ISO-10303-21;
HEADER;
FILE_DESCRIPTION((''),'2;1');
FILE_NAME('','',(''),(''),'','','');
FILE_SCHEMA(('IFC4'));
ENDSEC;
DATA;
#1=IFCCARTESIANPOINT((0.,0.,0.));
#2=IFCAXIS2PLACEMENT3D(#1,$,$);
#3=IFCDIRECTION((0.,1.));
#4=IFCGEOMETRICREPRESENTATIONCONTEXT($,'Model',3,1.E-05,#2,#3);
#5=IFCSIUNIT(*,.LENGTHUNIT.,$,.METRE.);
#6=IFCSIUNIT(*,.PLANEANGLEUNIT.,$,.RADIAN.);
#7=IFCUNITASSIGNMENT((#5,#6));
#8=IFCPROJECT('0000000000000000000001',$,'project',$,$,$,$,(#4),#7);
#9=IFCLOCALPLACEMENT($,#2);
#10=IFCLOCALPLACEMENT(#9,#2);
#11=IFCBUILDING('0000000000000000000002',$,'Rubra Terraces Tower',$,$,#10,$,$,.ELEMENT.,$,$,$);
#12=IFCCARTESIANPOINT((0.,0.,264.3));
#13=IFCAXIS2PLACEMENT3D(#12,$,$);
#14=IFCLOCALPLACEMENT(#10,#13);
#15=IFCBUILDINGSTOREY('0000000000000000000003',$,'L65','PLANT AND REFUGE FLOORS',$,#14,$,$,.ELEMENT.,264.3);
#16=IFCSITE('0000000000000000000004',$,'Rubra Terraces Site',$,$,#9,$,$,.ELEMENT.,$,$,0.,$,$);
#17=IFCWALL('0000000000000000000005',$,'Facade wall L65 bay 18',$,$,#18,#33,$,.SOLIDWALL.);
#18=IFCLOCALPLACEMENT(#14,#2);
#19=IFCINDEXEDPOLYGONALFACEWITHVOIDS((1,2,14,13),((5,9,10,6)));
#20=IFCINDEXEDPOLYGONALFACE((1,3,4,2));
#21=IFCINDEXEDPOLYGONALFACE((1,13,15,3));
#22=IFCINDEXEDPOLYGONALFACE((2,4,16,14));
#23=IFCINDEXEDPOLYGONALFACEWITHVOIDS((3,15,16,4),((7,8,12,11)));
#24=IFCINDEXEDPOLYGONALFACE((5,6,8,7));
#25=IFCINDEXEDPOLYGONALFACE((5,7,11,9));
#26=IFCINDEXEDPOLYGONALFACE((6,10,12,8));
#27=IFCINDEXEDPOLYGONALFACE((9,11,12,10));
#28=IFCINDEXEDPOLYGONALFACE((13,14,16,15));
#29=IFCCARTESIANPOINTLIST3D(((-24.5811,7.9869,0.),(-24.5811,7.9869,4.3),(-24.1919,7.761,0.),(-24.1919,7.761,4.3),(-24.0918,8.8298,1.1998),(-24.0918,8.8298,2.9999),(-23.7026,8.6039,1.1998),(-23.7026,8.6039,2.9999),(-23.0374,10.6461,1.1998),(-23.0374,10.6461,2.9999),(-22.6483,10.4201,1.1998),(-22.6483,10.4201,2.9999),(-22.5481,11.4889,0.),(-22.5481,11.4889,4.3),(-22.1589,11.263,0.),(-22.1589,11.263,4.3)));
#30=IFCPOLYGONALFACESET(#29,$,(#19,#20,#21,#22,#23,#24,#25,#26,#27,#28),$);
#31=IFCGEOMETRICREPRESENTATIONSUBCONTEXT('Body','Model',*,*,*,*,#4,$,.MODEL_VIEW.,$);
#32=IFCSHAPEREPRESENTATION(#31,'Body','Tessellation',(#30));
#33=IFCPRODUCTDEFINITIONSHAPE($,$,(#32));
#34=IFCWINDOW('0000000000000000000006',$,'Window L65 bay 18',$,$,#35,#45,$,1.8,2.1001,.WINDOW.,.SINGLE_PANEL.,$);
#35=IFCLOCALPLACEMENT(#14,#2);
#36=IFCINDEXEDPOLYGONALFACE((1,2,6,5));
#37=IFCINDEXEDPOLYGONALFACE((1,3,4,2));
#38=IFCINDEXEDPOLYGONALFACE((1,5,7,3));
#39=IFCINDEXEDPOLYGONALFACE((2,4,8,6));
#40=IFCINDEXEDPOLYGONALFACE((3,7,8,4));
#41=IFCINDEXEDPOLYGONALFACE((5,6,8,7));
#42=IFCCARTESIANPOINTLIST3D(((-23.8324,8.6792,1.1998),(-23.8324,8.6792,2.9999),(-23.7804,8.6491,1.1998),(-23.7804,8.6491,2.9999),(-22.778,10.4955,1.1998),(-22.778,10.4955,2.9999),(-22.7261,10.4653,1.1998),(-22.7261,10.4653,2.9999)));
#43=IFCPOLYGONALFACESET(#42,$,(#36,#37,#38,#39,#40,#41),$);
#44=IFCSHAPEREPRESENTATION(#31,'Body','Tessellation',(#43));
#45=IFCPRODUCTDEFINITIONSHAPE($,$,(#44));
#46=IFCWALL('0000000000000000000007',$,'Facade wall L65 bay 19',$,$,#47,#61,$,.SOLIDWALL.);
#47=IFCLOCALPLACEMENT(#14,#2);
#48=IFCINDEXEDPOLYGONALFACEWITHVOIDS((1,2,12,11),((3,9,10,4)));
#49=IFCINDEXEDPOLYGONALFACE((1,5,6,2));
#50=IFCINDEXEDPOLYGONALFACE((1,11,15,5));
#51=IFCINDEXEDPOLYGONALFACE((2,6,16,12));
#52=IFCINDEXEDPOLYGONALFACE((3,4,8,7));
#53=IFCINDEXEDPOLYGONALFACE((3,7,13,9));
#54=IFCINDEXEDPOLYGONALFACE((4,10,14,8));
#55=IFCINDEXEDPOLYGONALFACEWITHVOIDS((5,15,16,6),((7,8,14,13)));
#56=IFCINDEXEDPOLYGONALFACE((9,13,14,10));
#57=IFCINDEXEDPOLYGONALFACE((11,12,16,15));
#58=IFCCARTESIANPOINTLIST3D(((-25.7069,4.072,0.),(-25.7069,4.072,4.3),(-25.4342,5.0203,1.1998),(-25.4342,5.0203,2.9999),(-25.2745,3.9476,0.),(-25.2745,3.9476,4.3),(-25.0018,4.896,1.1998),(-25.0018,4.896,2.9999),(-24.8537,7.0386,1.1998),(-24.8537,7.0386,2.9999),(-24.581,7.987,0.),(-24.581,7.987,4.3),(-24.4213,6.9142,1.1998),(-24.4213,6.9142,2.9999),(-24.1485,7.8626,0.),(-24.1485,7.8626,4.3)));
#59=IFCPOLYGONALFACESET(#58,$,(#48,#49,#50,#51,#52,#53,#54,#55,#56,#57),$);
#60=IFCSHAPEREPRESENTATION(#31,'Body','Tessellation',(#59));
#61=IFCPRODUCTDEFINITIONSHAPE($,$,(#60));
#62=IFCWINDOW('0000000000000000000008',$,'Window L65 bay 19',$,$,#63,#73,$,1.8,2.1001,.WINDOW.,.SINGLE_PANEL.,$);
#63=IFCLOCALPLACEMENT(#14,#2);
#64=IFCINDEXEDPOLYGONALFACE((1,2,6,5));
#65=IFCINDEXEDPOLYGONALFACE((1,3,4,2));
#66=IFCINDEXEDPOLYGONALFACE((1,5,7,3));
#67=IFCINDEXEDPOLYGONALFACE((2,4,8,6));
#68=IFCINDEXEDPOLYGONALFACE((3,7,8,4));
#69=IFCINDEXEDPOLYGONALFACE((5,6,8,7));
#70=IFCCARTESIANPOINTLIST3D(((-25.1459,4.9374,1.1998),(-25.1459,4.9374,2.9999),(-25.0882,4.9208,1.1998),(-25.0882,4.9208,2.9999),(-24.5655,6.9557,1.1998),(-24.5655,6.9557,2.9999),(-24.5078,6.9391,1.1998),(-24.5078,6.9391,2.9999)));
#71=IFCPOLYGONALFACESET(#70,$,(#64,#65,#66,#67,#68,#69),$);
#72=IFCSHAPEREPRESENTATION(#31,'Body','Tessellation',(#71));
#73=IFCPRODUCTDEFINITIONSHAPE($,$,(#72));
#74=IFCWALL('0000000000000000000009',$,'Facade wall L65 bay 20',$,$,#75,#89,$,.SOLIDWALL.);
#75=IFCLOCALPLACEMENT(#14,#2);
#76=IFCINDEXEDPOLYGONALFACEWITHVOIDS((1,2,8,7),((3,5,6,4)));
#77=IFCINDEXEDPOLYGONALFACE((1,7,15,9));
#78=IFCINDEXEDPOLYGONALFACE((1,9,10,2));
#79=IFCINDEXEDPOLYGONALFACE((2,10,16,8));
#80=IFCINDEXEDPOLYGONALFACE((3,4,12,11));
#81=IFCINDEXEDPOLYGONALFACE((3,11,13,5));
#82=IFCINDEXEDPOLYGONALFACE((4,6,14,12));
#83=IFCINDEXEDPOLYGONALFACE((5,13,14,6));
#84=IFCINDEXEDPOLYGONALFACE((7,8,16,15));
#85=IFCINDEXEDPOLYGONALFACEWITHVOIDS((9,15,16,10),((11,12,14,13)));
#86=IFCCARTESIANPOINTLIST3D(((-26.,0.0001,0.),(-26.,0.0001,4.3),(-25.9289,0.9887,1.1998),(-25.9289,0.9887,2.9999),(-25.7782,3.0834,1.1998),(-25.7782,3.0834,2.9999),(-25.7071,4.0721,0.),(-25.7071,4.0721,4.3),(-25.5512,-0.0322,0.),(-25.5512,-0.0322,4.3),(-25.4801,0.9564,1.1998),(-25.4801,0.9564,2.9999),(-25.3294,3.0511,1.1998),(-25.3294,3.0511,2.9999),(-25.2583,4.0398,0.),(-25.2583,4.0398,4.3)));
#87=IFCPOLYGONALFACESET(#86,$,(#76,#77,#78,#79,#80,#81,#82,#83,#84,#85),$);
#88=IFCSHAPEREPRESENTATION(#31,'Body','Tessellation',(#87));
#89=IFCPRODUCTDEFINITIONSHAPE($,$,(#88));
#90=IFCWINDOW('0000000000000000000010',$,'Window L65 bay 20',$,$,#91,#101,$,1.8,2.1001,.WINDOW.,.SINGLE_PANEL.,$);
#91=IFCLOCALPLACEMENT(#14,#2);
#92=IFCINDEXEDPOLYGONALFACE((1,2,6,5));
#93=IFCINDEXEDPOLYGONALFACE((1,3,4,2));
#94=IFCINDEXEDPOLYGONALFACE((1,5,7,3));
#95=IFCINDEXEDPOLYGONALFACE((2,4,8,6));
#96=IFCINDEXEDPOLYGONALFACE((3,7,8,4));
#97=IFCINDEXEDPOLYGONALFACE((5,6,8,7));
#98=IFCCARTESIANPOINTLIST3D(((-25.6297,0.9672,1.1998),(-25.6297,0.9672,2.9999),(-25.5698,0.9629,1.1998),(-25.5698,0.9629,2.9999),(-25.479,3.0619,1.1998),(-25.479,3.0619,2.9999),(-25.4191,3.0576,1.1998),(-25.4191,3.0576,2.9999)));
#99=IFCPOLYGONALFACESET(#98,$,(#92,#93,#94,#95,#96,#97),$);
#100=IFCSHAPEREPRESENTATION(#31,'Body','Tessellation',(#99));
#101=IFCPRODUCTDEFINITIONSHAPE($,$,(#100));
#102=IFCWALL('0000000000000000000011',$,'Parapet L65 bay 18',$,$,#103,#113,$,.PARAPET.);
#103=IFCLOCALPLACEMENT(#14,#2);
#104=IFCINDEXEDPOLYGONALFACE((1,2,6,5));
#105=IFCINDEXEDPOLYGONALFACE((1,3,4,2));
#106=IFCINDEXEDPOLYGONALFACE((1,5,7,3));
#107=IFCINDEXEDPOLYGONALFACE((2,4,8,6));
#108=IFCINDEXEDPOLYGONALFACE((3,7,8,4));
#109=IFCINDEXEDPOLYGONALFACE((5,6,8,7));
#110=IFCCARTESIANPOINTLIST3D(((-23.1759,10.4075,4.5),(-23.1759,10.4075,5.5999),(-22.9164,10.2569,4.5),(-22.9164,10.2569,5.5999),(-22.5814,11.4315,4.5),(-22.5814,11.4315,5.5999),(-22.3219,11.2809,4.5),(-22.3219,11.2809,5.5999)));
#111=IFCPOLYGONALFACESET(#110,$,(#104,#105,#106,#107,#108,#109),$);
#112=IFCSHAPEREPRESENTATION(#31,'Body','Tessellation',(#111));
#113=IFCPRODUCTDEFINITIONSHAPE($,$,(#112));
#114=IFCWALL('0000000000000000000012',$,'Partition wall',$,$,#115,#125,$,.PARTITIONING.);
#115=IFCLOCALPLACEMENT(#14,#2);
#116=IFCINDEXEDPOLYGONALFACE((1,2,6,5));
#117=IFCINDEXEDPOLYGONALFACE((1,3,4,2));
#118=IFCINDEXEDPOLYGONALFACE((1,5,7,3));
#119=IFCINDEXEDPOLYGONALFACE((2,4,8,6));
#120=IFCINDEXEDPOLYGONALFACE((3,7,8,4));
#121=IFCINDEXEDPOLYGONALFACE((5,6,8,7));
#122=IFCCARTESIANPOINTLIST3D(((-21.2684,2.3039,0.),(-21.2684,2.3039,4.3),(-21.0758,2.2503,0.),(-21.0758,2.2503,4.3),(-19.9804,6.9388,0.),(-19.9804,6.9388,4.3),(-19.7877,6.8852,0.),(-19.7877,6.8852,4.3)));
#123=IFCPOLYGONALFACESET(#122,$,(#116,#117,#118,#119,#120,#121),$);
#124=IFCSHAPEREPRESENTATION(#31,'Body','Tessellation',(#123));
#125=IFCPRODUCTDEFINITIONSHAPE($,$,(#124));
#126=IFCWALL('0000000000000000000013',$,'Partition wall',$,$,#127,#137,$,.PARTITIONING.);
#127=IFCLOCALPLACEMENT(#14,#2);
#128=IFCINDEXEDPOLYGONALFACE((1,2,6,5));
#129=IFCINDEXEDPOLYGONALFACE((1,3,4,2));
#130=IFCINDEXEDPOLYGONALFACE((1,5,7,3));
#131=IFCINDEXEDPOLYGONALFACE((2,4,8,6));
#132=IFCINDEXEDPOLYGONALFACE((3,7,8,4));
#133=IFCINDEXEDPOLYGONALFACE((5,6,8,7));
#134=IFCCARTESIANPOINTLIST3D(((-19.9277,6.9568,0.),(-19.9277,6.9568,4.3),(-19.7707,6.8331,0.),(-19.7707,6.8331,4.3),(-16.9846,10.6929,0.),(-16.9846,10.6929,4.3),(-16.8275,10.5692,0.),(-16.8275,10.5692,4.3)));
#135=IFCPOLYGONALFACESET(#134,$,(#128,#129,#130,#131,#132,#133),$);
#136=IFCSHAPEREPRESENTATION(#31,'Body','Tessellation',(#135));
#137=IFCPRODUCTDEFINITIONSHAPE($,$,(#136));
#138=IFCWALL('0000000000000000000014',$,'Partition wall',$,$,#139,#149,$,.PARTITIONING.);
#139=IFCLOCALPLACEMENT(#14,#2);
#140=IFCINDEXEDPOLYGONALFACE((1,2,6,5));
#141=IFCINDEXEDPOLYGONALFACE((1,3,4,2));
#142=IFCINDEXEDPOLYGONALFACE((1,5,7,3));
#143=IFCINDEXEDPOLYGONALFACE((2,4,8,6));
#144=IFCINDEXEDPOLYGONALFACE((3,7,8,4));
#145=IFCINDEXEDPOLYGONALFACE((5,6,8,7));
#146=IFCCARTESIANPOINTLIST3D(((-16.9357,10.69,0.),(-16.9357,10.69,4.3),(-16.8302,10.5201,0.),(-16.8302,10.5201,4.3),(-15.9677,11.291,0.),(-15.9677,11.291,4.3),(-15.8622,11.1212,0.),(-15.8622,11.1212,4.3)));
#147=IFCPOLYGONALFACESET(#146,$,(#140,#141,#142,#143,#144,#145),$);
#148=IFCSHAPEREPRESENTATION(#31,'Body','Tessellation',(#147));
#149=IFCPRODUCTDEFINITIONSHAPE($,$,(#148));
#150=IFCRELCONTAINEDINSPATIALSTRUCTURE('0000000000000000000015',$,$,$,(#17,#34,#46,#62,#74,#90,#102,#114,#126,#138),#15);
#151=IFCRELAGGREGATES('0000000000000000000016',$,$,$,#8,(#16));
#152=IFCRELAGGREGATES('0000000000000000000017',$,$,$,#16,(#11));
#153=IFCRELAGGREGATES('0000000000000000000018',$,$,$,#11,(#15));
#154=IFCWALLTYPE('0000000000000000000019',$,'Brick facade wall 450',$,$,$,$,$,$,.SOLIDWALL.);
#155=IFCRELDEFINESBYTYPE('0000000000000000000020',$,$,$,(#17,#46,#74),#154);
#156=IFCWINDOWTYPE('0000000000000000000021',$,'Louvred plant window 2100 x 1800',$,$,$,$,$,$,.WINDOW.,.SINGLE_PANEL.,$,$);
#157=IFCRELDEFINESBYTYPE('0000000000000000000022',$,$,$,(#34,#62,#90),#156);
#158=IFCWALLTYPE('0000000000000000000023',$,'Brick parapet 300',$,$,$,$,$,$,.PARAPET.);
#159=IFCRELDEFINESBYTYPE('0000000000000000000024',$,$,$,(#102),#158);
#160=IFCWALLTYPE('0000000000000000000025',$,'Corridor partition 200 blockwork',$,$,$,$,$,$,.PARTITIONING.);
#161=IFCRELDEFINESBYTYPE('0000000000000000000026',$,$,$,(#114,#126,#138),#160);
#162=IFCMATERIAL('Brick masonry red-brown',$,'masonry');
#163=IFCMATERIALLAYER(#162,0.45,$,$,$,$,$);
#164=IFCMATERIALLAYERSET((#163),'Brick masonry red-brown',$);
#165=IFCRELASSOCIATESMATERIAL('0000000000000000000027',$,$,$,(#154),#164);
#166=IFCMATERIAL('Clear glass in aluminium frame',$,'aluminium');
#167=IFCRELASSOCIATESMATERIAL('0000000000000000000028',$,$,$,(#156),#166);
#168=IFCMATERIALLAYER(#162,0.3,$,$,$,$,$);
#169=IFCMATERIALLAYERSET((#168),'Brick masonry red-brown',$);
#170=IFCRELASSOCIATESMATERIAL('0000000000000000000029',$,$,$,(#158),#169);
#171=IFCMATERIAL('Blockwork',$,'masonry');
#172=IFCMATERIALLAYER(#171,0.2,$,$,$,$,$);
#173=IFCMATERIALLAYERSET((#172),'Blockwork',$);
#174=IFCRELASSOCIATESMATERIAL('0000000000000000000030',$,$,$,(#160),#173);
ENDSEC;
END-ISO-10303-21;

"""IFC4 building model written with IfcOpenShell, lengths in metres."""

from ifc_helpers import new_model, si_unit, direction, frame, frame_2d, origin, place, context, subcontext, project, spatial, rectangle, extrude, material, layer, layer_set, type_object, element, fill, save


model = new_model("IFC4")

# Units and contexts
model_context = context("Model", 3, precision=1e-05, world=origin(), true_north=direction((0.0, 1.0)))
body_context = subcontext(model_context, "Body", "Model", "MODEL_VIEW")
ifc_project = project(units=[si_unit("LENGTHUNIT", "METRE"), si_unit("PLANEANGLEUNIT", "RADIAN")], contexts=[model_context])

# Site, building, storey
site_placement = place(None, origin())
site = spatial("IfcSite", under=ifc_project, at=site_placement, Name="Rubra Terraces Site", CompositionType="ELEMENT", RefElevation=0.0)
building_placement = place(site_placement, origin())
building = spatial("IfcBuilding", under=site, at=building_placement, Name="Rubra Terraces Tower", CompositionType="ELEMENT")
storey_placement = place(building_placement, frame((0.0, 0.0, 264.3)))
storey = spatial("IfcBuildingStorey", under=building, at=storey_placement, Name="L65", Description="PLANT AND REFUGE FLOORS", CompositionType="ELEMENT", Elevation=264.3)

# Walls, openings, windows
ifc_material_1 = material(Name="Brick masonry red-brown", Category="masonry")
ifc_layer_1 = layer(ifc_material_1, 0.45)
ifc_layer_set_1 = layer_set([ifc_layer_1], Name="Brick masonry red-brown")
wall_type_1 = type_object("IfcWallType", Name="Brick facade wall 450", PredefinedType="SOLIDWALL", material=ifc_layer_set_1)
wall_1_placement = place(storey_placement, frame((-22.3535, 11.376, 0.0), z_axis=(0.0, 0.0, 1.0), x_axis=(-0.502056, -0.864835, 0.0)))
wall_1 = element("IfcWall", 1, at=wall_1_placement, inside=storey, type_object=wall_type_1, Name="Facade wall L65 bay 18", PredefinedType="SOLIDWALL", context=body_context, shape_type="SweptSolid", body=[
    extrude(rectangle(XDim=4.0493, YDim=0.45, at=frame_2d((2.0247, 0.0))), origin(), (0.0, 0.0, 1.0), 4.3),
])
opening_1_placement = place(wall_1_placement, frame((0.9746, 0.0, 1.2)))
opening_1 = element("IfcOpeningElement", 2, at=opening_1_placement, cuts=wall_1, PredefinedType="OPENING", context=body_context, shape_type="SweptSolid", body=[
    extrude(rectangle(XDim=2.1001, YDim=1.8, at=frame_2d((1.05, 0.8999))), frame((0.0, 0.2349, 0.0), z_axis=(0.0, -1.0, 0.0), x_axis=(1.0, 0.0, 0.0)), (0.0, 0.0, 1.0), 0.47),
])
ifc_material_2 = material(Name="Clear glass in aluminium frame", Category="aluminium")
window_type = type_object("IfcWindowType", Name="Louvred plant window 2100 x 1800", PartitioningType="SINGLE_PANEL", PredefinedType="WINDOW", material=ifc_material_2)
window_1_placement = place(opening_1_placement, origin())
window_1 = element("IfcWindow", 3, at=window_1_placement, inside=storey, type_object=window_type, Name="Window L65 bay 18", OverallHeight=1.8, OverallWidth=2.1001, PartitioningType="SINGLE_PANEL", PredefinedType="WINDOW", context=body_context, shape_type="SweptSolid", body=[
    extrude(rectangle(XDim=2.1001, YDim=1.8, at=frame_2d((1.05, 0.8999))), frame((0.0, 0.135, 0.0), z_axis=(0.0, -1.0, 0.0), x_axis=(1.0, 0.0, 0.0)), (0.0, 0.0, 1.0), 0.0601),
])
fill(opening_1, window_1)
wall_2_placement = place(storey_placement, frame((-24.3647, 7.9248, 0.0), z_axis=(0.0, 0.0, 1.0), x_axis=(-0.276399, -0.961043, 0.0)))
wall_2 = element("IfcWall", 4, at=wall_2_placement, inside=storey, type_object=wall_type_1, Name="Facade wall L65 bay 19", PredefinedType="SOLIDWALL", context=body_context, shape_type="SweptSolid", body=[
    extrude(rectangle(XDim=4.0737, YDim=0.45, at=frame_2d((2.0369, 0.0))), origin(), (0.0, 0.0, 1.0), 4.3),
])
opening_2_placement = place(wall_2_placement, frame((0.9868, 0.0, 1.2)))
opening_2 = element("IfcOpeningElement", 5, at=opening_2_placement, cuts=wall_2, PredefinedType="OPENING", context=body_context, shape_type="SweptSolid", body=[
    extrude(rectangle(XDim=2.1001, YDim=1.8, at=frame_2d((1.05, 0.8999))), frame((0.0, 0.2349, 0.0), z_axis=(0.0, -1.0, 0.0), x_axis=(1.0, 0.0, 0.0)), (0.0, 0.0, 1.0), 0.47),
])
window_2_placement = place(opening_2_placement, origin())
window_2 = element("IfcWindow", 6, at=window_2_placement, inside=storey, type_object=window_type, Name="Window L65 bay 19", OverallHeight=1.8, OverallWidth=2.1001, PartitioningType="SINGLE_PANEL", PredefinedType="WINDOW", context=body_context, shape_type="SweptSolid", body=[
    extrude(rectangle(XDim=2.1001, YDim=1.8, at=frame_2d((1.05, 0.8999))), frame((0.0, 0.135, 0.0), z_axis=(0.0, -1.0, 0.0), x_axis=(1.0, 0.0, 0.0)), (0.0, 0.0, 1.0), 0.0601),
])
fill(opening_2, window_2)
wall_3_placement = place(storey_placement, frame((-25.4827, 4.0559, 0.0), z_axis=(0.0, 0.0, 1.0), x_axis=(-0.071761, -0.997422, 0.0)))
wall_3 = element("IfcWall", 7, at=wall_3_placement, inside=storey, type_object=wall_type_1, Name="Facade wall L65 bay 20", PredefinedType="SOLIDWALL", context=body_context, shape_type="SweptSolid", body=[
    extrude(rectangle(XDim=4.0825, YDim=0.45, at=frame_2d((2.0413, 0.0))), origin(), (0.0, 0.0, 1.0), 4.3),
])
opening_3_placement = place(wall_3_placement, frame((0.9912, 0.0, 1.2)))
opening_3 = element("IfcOpeningElement", 8, at=opening_3_placement, cuts=wall_3, PredefinedType="OPENING", context=body_context, shape_type="SweptSolid", body=[
    extrude(rectangle(XDim=2.1001, YDim=1.8, at=frame_2d((1.05, 0.8999))), frame((0.0, 0.2349, 0.0), z_axis=(0.0, -1.0, 0.0), x_axis=(1.0, 0.0, 0.0)), (0.0, 0.0, 1.0), 0.47),
])
window_3_placement = place(opening_3_placement, origin())
window_3 = element("IfcWindow", 9, at=window_3_placement, inside=storey, type_object=window_type, Name="Window L65 bay 20", OverallHeight=1.8, OverallWidth=2.1001, PartitioningType="SINGLE_PANEL", PredefinedType="WINDOW", context=body_context, shape_type="SweptSolid", body=[
    extrude(rectangle(XDim=2.1001, YDim=1.8, at=frame_2d((1.05, 0.8999))), frame((0.0, 0.135, 0.0), z_axis=(0.0, -1.0, 0.0), x_axis=(1.0, 0.0, 0.0)), (0.0, 0.0, 1.0), 0.0601),
])
fill(opening_3, window_3)

# Walls
ifc_layer_2 = layer(ifc_material_1, 0.3)
ifc_layer_set_2 = layer_set([ifc_layer_2], Name="Brick masonry red-brown")
wall_type_2 = type_object("IfcWallType", Name="Brick parapet 300", PredefinedType="PARAPET", material=ifc_layer_set_2)
wall_4_placement = place(storey_placement, frame((-22.4517, 11.3562, 4.5), z_axis=(0.0, 0.0, 1.0), x_axis=(-0.502101, -0.864809, 0.0)))
element("IfcWall", 10, at=wall_4_placement, inside=storey, type_object=wall_type_2, Name="Parapet L65 bay 18", PredefinedType="PARAPET", context=body_context, shape_type="SweptSolid", body=[
    extrude(rectangle(XDim=1.1841, YDim=0.3, at=frame_2d((0.592, 0.0))), origin(), (0.0, 0.0, 1.0), 1.0999),
])
ifc_material_3 = material(Name="Blockwork", Category="masonry")
ifc_layer_3 = layer(ifc_material_3, 0.2)
ifc_layer_set_3 = layer_set([ifc_layer_3], Name="Blockwork")
wall_type_3 = type_object("IfcWallType", Name="Corridor partition 200 blockwork", PredefinedType="PARTITIONING", material=ifc_layer_set_3)
wall_5_placement = place(storey_placement, frame((-21.1721, 2.2771, 0.0), z_axis=(0.0, 0.0, 1.0), x_axis=(0.267756, 0.963487, 0.0)))
element("IfcWall", 11, at=wall_5_placement, inside=storey, type_object=wall_type_3, Name="Partition wall", PredefinedType="PARTITIONING", context=body_context, shape_type="SweptSolid", body=[
    extrude(rectangle(XDim=4.8105, YDim=0.2, at=frame_2d((2.4053, 0.0))), origin(), (0.0, 0.0, 1.0), 4.3),
])
wall_6_placement = place(storey_placement, frame((-19.8491, 6.895, 0.0), z_axis=(0.0, 0.0, 1.0), x_axis=(0.618812, 0.785539, 0.0)))
element("IfcWall", 12, at=wall_6_placement, inside=storey, type_object=wall_type_3, Name="Partition wall", PredefinedType="PARTITIONING", context=body_context, shape_type="SweptSolid", body=[
    extrude(rectangle(XDim=4.7561, YDim=0.2, at=frame_2d((2.3779, 0.0))), origin(), (0.0, 0.0, 1.0), 4.3),
])
wall_7_placement = place(storey_placement, frame((-16.8831, 10.605, 0.0), z_axis=(0.0, 0.0, 1.0), x_axis=(0.849547, 0.527512, 0.0)))
element("IfcWall", 13, at=wall_7_placement, inside=storey, type_object=wall_type_3, Name="Partition wall", PredefinedType="PARTITIONING", context=body_context, shape_type="SweptSolid", body=[
    extrude(rectangle(XDim=1.1394, YDim=0.2, at=frame_2d((0.5698, 0.0))), origin(), (0.0, 0.0, 1.0), 4.3),
])

save(model, "model.ifc")
